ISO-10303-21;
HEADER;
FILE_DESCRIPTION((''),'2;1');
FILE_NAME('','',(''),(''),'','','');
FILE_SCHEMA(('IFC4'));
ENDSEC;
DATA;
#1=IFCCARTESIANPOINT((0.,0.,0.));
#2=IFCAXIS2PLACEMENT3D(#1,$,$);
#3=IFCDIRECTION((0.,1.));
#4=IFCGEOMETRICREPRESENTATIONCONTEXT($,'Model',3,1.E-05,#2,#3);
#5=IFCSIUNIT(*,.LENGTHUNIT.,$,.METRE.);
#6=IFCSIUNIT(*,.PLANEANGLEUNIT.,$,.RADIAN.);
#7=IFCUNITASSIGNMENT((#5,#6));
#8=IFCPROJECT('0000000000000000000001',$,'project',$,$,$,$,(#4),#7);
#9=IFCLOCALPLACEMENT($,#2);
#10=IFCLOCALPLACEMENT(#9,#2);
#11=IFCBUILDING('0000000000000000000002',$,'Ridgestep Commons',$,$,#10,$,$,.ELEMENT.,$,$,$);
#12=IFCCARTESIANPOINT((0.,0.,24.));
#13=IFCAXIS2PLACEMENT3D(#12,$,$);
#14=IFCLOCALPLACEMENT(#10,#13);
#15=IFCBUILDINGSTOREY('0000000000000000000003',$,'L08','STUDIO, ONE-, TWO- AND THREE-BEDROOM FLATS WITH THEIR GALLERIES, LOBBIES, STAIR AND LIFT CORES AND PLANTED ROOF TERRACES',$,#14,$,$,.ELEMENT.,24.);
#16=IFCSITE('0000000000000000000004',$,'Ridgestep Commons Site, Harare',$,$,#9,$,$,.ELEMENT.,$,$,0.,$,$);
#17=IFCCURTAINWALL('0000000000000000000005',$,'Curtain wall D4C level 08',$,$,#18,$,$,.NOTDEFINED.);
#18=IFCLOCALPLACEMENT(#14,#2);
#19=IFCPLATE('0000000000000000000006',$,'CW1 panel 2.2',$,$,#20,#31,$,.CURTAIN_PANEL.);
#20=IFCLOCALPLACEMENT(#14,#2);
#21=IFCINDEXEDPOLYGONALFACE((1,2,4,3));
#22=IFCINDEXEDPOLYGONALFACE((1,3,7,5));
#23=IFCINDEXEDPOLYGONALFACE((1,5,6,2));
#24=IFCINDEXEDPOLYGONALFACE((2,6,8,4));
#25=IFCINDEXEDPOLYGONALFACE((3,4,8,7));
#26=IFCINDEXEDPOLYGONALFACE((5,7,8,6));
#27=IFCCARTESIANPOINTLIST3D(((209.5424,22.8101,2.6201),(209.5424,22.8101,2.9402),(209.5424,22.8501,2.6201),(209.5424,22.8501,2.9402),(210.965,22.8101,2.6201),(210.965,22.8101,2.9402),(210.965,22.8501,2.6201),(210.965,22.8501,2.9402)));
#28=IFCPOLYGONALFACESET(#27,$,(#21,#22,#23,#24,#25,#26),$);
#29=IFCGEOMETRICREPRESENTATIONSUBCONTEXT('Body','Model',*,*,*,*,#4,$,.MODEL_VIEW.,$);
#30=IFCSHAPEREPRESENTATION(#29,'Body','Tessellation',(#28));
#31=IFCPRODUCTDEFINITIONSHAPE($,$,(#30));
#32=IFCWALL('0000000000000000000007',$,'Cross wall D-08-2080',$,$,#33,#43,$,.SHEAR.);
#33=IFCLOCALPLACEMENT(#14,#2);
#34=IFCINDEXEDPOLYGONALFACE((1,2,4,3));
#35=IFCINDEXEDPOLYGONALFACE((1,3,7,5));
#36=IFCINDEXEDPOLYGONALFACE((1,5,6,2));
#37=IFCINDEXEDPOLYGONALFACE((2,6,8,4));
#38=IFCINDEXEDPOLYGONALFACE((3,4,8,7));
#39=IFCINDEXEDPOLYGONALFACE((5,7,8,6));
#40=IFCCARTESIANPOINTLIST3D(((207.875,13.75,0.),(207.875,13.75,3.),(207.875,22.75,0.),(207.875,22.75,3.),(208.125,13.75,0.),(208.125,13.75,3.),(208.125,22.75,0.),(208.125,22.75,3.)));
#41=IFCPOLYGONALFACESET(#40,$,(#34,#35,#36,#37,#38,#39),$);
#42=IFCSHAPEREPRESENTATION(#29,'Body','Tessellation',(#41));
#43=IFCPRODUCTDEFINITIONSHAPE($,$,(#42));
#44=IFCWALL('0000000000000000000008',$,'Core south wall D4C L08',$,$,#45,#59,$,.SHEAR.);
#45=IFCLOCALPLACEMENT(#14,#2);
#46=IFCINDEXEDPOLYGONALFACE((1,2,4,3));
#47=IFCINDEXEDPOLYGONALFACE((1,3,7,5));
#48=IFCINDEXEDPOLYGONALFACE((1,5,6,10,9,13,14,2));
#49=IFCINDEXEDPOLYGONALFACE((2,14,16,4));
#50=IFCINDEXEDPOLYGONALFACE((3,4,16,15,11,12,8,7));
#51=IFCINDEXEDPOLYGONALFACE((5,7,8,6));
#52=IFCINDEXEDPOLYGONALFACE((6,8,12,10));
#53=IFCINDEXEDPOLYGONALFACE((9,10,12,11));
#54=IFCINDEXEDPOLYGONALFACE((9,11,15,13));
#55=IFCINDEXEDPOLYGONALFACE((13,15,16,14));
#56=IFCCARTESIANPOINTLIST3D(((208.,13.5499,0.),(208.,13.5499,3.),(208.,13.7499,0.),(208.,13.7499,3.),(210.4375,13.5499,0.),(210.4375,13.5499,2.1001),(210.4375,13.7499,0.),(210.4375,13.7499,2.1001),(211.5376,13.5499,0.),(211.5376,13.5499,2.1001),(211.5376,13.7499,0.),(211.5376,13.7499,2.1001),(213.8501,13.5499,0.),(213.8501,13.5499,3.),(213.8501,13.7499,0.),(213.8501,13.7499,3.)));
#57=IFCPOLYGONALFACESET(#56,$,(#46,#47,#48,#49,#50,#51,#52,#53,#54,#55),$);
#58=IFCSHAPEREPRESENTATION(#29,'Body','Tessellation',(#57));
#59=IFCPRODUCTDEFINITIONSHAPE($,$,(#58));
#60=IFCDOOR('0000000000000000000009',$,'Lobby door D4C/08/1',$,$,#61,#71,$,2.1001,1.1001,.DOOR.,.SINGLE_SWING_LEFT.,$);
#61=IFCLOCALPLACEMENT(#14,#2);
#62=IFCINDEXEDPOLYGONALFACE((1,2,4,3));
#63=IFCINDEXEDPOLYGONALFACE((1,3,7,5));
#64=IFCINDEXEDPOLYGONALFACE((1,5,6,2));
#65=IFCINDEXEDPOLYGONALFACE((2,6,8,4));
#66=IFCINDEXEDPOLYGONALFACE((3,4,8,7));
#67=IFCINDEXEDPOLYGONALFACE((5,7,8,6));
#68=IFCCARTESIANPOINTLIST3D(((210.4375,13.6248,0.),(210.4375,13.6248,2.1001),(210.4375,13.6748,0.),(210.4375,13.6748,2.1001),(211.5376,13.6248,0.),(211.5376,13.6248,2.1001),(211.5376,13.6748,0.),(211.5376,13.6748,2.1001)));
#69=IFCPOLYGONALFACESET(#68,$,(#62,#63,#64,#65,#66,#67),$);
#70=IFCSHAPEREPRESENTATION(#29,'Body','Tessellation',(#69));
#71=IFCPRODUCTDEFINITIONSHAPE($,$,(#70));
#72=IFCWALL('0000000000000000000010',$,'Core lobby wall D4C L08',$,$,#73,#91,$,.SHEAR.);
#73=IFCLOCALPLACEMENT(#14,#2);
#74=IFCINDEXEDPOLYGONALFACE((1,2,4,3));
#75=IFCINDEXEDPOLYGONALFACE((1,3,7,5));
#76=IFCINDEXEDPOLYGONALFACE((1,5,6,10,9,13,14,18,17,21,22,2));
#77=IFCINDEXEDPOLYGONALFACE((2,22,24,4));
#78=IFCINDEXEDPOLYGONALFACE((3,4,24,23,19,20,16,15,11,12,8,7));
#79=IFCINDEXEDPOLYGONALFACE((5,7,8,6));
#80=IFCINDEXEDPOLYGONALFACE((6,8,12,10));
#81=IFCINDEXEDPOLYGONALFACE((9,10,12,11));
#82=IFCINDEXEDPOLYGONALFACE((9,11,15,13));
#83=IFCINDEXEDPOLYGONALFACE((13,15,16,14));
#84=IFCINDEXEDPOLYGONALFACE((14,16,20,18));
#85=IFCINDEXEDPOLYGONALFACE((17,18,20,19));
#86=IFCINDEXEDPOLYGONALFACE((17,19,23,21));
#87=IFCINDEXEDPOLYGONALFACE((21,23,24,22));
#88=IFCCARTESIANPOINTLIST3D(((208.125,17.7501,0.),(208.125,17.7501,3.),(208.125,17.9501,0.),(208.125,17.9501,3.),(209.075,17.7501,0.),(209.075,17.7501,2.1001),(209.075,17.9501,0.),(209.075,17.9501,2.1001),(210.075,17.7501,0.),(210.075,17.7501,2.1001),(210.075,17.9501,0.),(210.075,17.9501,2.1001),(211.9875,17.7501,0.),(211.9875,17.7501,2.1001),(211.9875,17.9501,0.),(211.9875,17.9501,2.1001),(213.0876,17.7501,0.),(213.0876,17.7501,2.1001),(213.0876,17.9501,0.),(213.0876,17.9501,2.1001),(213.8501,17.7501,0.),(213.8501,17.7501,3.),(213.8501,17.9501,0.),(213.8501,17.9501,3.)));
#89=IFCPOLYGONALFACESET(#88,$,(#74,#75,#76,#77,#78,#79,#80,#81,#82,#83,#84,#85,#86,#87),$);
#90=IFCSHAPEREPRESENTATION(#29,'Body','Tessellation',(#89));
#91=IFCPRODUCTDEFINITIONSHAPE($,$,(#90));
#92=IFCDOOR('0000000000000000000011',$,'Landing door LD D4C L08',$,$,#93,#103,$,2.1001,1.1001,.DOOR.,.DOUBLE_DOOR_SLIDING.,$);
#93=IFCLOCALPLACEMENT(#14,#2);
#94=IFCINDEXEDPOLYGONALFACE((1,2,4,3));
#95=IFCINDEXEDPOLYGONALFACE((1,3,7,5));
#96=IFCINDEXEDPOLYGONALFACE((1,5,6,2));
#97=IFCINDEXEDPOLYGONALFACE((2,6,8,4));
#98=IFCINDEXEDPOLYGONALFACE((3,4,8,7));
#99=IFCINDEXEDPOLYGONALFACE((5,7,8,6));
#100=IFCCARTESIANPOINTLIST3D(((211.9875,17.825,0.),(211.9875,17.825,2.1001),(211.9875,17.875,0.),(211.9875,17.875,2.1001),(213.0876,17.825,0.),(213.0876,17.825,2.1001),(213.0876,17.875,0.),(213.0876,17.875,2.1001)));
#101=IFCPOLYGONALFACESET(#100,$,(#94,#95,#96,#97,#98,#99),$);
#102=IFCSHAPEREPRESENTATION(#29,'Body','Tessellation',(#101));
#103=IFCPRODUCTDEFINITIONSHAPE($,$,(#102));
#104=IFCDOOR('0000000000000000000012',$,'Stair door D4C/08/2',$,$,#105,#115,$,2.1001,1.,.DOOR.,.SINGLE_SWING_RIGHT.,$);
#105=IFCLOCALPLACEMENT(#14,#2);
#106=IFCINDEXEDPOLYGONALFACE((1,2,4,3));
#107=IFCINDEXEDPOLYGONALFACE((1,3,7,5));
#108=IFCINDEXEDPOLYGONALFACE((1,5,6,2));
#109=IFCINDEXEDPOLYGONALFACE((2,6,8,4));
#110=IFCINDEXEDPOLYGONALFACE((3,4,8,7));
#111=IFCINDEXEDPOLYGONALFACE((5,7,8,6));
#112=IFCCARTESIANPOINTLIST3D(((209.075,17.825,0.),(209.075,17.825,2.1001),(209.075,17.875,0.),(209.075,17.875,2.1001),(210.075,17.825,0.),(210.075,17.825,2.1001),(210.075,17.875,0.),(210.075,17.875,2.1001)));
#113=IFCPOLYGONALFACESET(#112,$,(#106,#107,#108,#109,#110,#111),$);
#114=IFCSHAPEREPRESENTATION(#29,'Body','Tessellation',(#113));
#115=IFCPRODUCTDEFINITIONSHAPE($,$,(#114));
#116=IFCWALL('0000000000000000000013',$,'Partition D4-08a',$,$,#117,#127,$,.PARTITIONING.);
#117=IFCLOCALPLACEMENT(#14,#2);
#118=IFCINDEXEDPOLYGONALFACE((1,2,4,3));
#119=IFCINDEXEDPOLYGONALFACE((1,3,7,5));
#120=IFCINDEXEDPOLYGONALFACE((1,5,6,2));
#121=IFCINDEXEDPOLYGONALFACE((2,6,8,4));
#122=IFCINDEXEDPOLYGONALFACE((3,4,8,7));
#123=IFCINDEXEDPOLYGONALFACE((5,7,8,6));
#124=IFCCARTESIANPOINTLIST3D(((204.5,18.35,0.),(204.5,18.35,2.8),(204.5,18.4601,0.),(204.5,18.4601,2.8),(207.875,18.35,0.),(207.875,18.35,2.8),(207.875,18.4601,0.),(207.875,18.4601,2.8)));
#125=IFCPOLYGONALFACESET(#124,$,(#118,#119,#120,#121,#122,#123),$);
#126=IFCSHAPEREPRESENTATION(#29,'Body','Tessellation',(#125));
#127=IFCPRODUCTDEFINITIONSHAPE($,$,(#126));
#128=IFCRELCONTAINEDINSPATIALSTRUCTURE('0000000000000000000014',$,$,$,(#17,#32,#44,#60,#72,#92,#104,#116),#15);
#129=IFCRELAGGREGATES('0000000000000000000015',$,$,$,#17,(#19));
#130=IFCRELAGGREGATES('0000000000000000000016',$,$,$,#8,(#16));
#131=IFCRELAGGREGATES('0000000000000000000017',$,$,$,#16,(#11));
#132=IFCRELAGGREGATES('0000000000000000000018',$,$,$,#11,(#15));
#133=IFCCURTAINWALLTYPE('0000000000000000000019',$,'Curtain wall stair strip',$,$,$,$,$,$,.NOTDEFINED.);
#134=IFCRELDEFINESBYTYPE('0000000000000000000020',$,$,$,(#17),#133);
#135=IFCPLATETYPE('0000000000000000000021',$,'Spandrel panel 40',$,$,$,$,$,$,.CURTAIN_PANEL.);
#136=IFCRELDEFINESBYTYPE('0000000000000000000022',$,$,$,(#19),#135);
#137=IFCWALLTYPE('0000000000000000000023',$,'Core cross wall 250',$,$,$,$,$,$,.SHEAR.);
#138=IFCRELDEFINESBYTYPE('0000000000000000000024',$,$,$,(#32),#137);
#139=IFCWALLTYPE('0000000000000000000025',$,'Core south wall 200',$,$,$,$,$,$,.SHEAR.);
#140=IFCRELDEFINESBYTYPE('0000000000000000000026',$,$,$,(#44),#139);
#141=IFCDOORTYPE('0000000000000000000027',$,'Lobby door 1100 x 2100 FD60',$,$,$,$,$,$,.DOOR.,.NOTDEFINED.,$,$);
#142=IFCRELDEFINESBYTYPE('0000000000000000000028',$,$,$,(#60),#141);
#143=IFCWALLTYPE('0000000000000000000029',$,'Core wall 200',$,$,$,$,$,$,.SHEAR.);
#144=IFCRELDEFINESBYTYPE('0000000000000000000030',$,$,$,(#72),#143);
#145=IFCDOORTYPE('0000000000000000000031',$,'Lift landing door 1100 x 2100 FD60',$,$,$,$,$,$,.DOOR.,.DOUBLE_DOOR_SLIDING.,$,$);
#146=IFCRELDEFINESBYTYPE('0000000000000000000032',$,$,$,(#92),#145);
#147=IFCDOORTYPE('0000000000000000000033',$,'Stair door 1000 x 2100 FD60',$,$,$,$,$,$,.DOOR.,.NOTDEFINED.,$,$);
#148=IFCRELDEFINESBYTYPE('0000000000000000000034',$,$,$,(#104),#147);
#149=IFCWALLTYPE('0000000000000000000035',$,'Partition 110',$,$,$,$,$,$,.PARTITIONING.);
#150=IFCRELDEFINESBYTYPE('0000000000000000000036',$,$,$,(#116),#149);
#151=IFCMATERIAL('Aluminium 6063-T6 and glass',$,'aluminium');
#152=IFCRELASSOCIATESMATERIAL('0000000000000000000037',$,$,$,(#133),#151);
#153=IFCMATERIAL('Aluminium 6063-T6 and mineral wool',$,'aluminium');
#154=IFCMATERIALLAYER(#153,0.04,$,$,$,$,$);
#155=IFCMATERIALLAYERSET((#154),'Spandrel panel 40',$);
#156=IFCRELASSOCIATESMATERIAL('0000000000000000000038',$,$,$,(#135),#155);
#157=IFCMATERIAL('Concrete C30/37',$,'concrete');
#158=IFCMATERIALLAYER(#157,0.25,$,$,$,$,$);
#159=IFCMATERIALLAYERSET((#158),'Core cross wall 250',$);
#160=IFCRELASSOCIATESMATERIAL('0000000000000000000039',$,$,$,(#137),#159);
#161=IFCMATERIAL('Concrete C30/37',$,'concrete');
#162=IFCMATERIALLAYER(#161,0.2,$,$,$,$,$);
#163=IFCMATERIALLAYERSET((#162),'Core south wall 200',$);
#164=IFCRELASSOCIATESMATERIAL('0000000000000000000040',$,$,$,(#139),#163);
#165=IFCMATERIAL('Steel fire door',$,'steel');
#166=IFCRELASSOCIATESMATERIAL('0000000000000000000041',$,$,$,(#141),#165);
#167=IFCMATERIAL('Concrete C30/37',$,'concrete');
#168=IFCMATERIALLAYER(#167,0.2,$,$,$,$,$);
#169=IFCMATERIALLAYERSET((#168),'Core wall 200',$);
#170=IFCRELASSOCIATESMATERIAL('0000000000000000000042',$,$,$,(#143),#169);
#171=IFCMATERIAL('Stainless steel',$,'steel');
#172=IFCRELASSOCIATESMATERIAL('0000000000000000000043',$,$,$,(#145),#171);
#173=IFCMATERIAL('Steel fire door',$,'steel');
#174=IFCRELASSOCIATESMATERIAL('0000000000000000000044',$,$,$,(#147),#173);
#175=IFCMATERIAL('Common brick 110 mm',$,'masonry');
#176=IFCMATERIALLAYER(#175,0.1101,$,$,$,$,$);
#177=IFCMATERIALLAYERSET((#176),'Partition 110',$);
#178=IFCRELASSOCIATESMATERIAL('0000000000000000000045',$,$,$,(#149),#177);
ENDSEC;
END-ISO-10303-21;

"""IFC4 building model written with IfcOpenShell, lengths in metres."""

from ifc_helpers import new_model, si_unit, direction, frame, frame_2d, origin, origin_2d, place, context, subcontext, project, spatial, rectangle, extrude, material, layer, layer_set, type_object, element, fill, aggregate, save


model = new_model("IFC4")

# Units and contexts
model_context = context("Model", 3, precision=1e-05, world=origin(), true_north=direction((0.0, 1.0)))
body_context = subcontext(model_context, "Body", "Model", "MODEL_VIEW")
ifc_project = project(units=[si_unit("LENGTHUNIT", "METRE"), si_unit("PLANEANGLEUNIT", "RADIAN")], contexts=[model_context])

# Site, building, storey
site_placement = place(None, origin())
site = spatial("IfcSite", under=ifc_project, at=site_placement, Name="Ridgestep Commons Site, Harare", CompositionType="ELEMENT", RefElevation=0.0)
building_placement = place(site_placement, origin())
building = spatial("IfcBuilding", under=site, at=building_placement, Name="Ridgestep Commons", CompositionType="ELEMENT")
storey_placement = place(building_placement, frame((0.0, 0.0, 24.0)))
storey = spatial("IfcBuildingStorey", under=building, at=storey_placement, Name="L08", Description="STUDIO, ONE-, TWO- AND THREE-BEDROOM FLATS WITH THEIR GALLERIES, LOBBIES, STAIR AND LIFT CORES AND PLANTED ROOF TERRACES", CompositionType="ELEMENT", Elevation=24.0)

# Curtain wall, plate
ifc_material_1 = material(Name="Aluminium 6063-T6 and glass", Category="aluminium")
curtain_wall_type = type_object("IfcCurtainWallType", Name="Curtain wall stair strip", PredefinedType="NOTDEFINED", material=ifc_material_1)
curtain_wall_placement = place(storey_placement, origin())
curtain_wall = element("IfcCurtainWall", 1, at=curtain_wall_placement, inside=storey, type_object=curtain_wall_type, Name="Curtain wall D4C level 08", PredefinedType="NOTDEFINED")
ifc_material_2 = material(Name="Aluminium 6063-T6 and mineral wool", Category="aluminium")
ifc_layer_1 = layer(ifc_material_2, 0.04)
ifc_layer_set_1 = layer_set([ifc_layer_1], Name="Spandrel panel 40")
plate_type_1 = type_object("IfcPlateType", Name="Spandrel panel 40", PredefinedType="CURTAIN_PANEL", material=ifc_layer_set_1)
plate_1_placement = place(storey_placement, frame((210.2537, 22.8301, 2.6201), z_axis=(0.0, 0.0, 1.0), x_axis=(1.0, 0.0, 0.0)))
plate_1 = element("IfcPlate", 2, at=plate_1_placement, type_object=plate_type_1, Name="CW1 panel 2.2", PredefinedType="CURTAIN_PANEL", context=body_context, shape_type="SweptSolid", body=[
    extrude(rectangle(XDim=1.4226, YDim=0.04, at=origin_2d()), origin(), (0.0, 0.0, 1.0), 0.3201),
])
aggregate(curtain_wall, [plate_1])

# Wall
ifc_material_3 = material(Name="Concrete C30/37", Category="concrete")
ifc_layer_2 = layer(ifc_material_3, 0.25)
ifc_layer_set_2 = layer_set([ifc_layer_2], Name="Core cross wall 250")
wall_type_1 = type_object("IfcWallType", Name="Core cross wall 250", PredefinedType="SHEAR", material=ifc_layer_set_2)
wall_1_placement = place(storey_placement, frame((208.0, 13.75, 0.0), z_axis=(0.0, 0.0, 1.0), x_axis=(0.0, 1.0, 0.0)))
element("IfcWall", 3, at=wall_1_placement, inside=storey, type_object=wall_type_1, Name="Cross wall D-08-2080", PredefinedType="SHEAR", context=body_context, shape_type="SweptSolid", body=[
    extrude(rectangle(XDim=9.0, YDim=0.25, at=frame_2d((4.5, 0.0))), origin(), (0.0, 0.0, 1.0), 3.0),
])

# Wall, opening, door
ifc_material_4 = material(Name="Concrete C30/37", Category="concrete")
ifc_layer_3 = layer(ifc_material_4, 0.2)
ifc_layer_set_3 = layer_set([ifc_layer_3], Name="Core south wall 200")
wall_type_2 = type_object("IfcWallType", Name="Core south wall 200", PredefinedType="SHEAR", material=ifc_layer_set_3)
wall_2_placement = place(storey_placement, frame((208.0, 13.6499, 0.0), z_axis=(0.0, 0.0, 1.0), x_axis=(1.0, 0.0, 0.0)))
wall_2 = element("IfcWall", 4, at=wall_2_placement, inside=storey, type_object=wall_type_2, Name="Core south wall D4C L08", PredefinedType="SHEAR", context=body_context, shape_type="SweptSolid", body=[
    extrude(rectangle(XDim=5.8501, YDim=0.2, at=frame_2d((2.925, 0.0))), origin(), (0.0, 0.0, 1.0), 3.0),
])
opening_1_placement = place(wall_2_placement, frame((2.4375, 0.0, 0.0)))
opening_1 = element("IfcOpeningElement", 5, at=opening_1_placement, cuts=wall_2, PredefinedType="OPENING", context=body_context, shape_type="SweptSolid", body=[
    extrude(rectangle(XDim=1.1001, YDim=2.1001, at=frame_2d((0.55, 1.05))), frame((0.0, 0.1099, 0.0), z_axis=(0.0, -1.0, 0.0), x_axis=(1.0, 0.0, 0.0)), (0.0, 0.0, 1.0), 0.22),
])
ifc_material_5 = material(Name="Steel fire door", Category="steel")
door_type_1 = type_object("IfcDoorType", Name="Lobby door 1100 x 2100 FD60", OperationType="NOTDEFINED", PredefinedType="DOOR", material=ifc_material_5)
door_1_placement = place(opening_1_placement, origin())
door_1 = element("IfcDoor", 6, at=door_1_placement, inside=storey, type_object=door_type_1, Name="Lobby door D4C/08/1", OperationType="SINGLE_SWING_LEFT", OverallHeight=2.1001, OverallWidth=1.1001, PredefinedType="DOOR", context=body_context, shape_type="SweptSolid", body=[
    extrude(rectangle(XDim=1.1001, YDim=2.1001, at=frame_2d((0.55, 1.05))), frame((0.0, 0.0249, 0.0), z_axis=(0.0, -1.0, 0.0), x_axis=(1.0, 0.0, 0.0)), (0.0, 0.0, 1.0), 0.05),
])
fill(opening_1, door_1)

# Wall, openings, doors
ifc_material_6 = material(Name="Concrete C30/37", Category="concrete")
ifc_layer_4 = layer(ifc_material_6, 0.2)
ifc_layer_set_4 = layer_set([ifc_layer_4], Name="Core wall 200")
wall_type_3 = type_object("IfcWallType", Name="Core wall 200", PredefinedType="SHEAR", material=ifc_layer_set_4)
wall_3_placement = place(storey_placement, frame((208.125, 17.8501, 0.0), z_axis=(0.0, 0.0, 1.0), x_axis=(1.0, 0.0, 0.0)))
wall_3 = element("IfcWall", 7, at=wall_3_placement, inside=storey, type_object=wall_type_3, Name="Core lobby wall D4C L08", PredefinedType="SHEAR", context=body_context, shape_type="SweptSolid", body=[
    extrude(rectangle(XDim=5.7251, YDim=0.2, at=frame_2d((2.8625, 0.0))), origin(), (0.0, 0.0, 1.0), 3.0),
])
opening_2_placement = place(wall_3_placement, frame((0.95, 0.0, 0.0)))
opening_2 = element("IfcOpeningElement", 8, at=opening_2_placement, cuts=wall_3, PredefinedType="OPENING", context=body_context, shape_type="SweptSolid", body=[
    extrude(rectangle(XDim=1.0, YDim=2.1001, at=frame_2d((0.5, 1.05))), frame((0.0, 0.1099, 0.0), z_axis=(0.0, -1.0, 0.0), x_axis=(1.0, 0.0, 0.0)), (0.0, 0.0, 1.0), 0.22),
])
opening_3_placement = place(wall_3_placement, frame((3.8625, 0.0, 0.0)))
opening_3 = element("IfcOpeningElement", 9, at=opening_3_placement, cuts=wall_3, PredefinedType="OPENING", context=body_context, shape_type="SweptSolid", body=[
    extrude(rectangle(XDim=1.1001, YDim=2.1001, at=frame_2d((0.55, 1.05))), frame((0.0, 0.1099, 0.0), z_axis=(0.0, -1.0, 0.0), x_axis=(1.0, 0.0, 0.0)), (0.0, 0.0, 1.0), 0.22),
])
ifc_material_7 = material(Name="Stainless steel", Category="steel")
door_type_2 = type_object("IfcDoorType", Name="Lift landing door 1100 x 2100 FD60", OperationType="DOUBLE_DOOR_SLIDING", PredefinedType="DOOR", material=ifc_material_7)
door_2_placement = place(opening_3_placement, origin())
door_2 = element("IfcDoor", 10, at=door_2_placement, inside=storey, type_object=door_type_2, Name="Landing door LD D4C L08", OperationType="DOUBLE_DOOR_SLIDING", OverallHeight=2.1001, OverallWidth=1.1001, PredefinedType="DOOR", context=body_context, shape_type="SweptSolid", body=[
    extrude(rectangle(XDim=1.1001, YDim=2.1001, at=frame_2d((0.55, 1.05))), frame((0.0, 0.0249, 0.0), z_axis=(0.0, -1.0, 0.0), x_axis=(1.0, 0.0, 0.0)), (0.0, 0.0, 1.0), 0.05),
])
fill(opening_3, door_2)
ifc_material_8 = material(Name="Steel fire door", Category="steel")
door_type_3 = type_object("IfcDoorType", Name="Stair door 1000 x 2100 FD60", OperationType="NOTDEFINED", PredefinedType="DOOR", material=ifc_material_8)
door_3_placement = place(opening_2_placement, origin())
door_3 = element("IfcDoor", 11, at=door_3_placement, inside=storey, type_object=door_type_3, Name="Stair door D4C/08/2", OperationType="SINGLE_SWING_RIGHT", OverallHeight=2.1001, OverallWidth=1.0, PredefinedType="DOOR", context=body_context, shape_type="SweptSolid", body=[
    extrude(rectangle(XDim=1.0, YDim=2.1001, at=frame_2d((0.5, 1.05))), frame((0.0, 0.0249, 0.0), z_axis=(0.0, -1.0, 0.0), x_axis=(1.0, 0.0, 0.0)), (0.0, 0.0, 1.0), 0.05),
])
fill(opening_2, door_3)

# Wall
ifc_material_9 = material(Name="Common brick 110 mm", Category="masonry")
ifc_layer_5 = layer(ifc_material_9, 0.1101)
ifc_layer_set_5 = layer_set([ifc_layer_5], Name="Partition 110")
wall_type_4 = type_object("IfcWallType", Name="Partition 110", PredefinedType="PARTITIONING", material=ifc_layer_set_5)
wall_4_placement = place(storey_placement, frame((204.5, 18.405, 0.0), z_axis=(0.0, 0.0, 1.0), x_axis=(1.0, 0.0, 0.0)))
element("IfcWall", 12, at=wall_4_placement, inside=storey, type_object=wall_type_4, Name="Partition D4-08a", PredefinedType="PARTITIONING", context=body_context, shape_type="SweptSolid", body=[
    extrude(rectangle(XDim=3.375, YDim=0.1101, at=frame_2d((1.6875, 0.0))), origin(), (0.0, 0.0, 1.0), 2.8),
])

save(model, "model.ifc")
